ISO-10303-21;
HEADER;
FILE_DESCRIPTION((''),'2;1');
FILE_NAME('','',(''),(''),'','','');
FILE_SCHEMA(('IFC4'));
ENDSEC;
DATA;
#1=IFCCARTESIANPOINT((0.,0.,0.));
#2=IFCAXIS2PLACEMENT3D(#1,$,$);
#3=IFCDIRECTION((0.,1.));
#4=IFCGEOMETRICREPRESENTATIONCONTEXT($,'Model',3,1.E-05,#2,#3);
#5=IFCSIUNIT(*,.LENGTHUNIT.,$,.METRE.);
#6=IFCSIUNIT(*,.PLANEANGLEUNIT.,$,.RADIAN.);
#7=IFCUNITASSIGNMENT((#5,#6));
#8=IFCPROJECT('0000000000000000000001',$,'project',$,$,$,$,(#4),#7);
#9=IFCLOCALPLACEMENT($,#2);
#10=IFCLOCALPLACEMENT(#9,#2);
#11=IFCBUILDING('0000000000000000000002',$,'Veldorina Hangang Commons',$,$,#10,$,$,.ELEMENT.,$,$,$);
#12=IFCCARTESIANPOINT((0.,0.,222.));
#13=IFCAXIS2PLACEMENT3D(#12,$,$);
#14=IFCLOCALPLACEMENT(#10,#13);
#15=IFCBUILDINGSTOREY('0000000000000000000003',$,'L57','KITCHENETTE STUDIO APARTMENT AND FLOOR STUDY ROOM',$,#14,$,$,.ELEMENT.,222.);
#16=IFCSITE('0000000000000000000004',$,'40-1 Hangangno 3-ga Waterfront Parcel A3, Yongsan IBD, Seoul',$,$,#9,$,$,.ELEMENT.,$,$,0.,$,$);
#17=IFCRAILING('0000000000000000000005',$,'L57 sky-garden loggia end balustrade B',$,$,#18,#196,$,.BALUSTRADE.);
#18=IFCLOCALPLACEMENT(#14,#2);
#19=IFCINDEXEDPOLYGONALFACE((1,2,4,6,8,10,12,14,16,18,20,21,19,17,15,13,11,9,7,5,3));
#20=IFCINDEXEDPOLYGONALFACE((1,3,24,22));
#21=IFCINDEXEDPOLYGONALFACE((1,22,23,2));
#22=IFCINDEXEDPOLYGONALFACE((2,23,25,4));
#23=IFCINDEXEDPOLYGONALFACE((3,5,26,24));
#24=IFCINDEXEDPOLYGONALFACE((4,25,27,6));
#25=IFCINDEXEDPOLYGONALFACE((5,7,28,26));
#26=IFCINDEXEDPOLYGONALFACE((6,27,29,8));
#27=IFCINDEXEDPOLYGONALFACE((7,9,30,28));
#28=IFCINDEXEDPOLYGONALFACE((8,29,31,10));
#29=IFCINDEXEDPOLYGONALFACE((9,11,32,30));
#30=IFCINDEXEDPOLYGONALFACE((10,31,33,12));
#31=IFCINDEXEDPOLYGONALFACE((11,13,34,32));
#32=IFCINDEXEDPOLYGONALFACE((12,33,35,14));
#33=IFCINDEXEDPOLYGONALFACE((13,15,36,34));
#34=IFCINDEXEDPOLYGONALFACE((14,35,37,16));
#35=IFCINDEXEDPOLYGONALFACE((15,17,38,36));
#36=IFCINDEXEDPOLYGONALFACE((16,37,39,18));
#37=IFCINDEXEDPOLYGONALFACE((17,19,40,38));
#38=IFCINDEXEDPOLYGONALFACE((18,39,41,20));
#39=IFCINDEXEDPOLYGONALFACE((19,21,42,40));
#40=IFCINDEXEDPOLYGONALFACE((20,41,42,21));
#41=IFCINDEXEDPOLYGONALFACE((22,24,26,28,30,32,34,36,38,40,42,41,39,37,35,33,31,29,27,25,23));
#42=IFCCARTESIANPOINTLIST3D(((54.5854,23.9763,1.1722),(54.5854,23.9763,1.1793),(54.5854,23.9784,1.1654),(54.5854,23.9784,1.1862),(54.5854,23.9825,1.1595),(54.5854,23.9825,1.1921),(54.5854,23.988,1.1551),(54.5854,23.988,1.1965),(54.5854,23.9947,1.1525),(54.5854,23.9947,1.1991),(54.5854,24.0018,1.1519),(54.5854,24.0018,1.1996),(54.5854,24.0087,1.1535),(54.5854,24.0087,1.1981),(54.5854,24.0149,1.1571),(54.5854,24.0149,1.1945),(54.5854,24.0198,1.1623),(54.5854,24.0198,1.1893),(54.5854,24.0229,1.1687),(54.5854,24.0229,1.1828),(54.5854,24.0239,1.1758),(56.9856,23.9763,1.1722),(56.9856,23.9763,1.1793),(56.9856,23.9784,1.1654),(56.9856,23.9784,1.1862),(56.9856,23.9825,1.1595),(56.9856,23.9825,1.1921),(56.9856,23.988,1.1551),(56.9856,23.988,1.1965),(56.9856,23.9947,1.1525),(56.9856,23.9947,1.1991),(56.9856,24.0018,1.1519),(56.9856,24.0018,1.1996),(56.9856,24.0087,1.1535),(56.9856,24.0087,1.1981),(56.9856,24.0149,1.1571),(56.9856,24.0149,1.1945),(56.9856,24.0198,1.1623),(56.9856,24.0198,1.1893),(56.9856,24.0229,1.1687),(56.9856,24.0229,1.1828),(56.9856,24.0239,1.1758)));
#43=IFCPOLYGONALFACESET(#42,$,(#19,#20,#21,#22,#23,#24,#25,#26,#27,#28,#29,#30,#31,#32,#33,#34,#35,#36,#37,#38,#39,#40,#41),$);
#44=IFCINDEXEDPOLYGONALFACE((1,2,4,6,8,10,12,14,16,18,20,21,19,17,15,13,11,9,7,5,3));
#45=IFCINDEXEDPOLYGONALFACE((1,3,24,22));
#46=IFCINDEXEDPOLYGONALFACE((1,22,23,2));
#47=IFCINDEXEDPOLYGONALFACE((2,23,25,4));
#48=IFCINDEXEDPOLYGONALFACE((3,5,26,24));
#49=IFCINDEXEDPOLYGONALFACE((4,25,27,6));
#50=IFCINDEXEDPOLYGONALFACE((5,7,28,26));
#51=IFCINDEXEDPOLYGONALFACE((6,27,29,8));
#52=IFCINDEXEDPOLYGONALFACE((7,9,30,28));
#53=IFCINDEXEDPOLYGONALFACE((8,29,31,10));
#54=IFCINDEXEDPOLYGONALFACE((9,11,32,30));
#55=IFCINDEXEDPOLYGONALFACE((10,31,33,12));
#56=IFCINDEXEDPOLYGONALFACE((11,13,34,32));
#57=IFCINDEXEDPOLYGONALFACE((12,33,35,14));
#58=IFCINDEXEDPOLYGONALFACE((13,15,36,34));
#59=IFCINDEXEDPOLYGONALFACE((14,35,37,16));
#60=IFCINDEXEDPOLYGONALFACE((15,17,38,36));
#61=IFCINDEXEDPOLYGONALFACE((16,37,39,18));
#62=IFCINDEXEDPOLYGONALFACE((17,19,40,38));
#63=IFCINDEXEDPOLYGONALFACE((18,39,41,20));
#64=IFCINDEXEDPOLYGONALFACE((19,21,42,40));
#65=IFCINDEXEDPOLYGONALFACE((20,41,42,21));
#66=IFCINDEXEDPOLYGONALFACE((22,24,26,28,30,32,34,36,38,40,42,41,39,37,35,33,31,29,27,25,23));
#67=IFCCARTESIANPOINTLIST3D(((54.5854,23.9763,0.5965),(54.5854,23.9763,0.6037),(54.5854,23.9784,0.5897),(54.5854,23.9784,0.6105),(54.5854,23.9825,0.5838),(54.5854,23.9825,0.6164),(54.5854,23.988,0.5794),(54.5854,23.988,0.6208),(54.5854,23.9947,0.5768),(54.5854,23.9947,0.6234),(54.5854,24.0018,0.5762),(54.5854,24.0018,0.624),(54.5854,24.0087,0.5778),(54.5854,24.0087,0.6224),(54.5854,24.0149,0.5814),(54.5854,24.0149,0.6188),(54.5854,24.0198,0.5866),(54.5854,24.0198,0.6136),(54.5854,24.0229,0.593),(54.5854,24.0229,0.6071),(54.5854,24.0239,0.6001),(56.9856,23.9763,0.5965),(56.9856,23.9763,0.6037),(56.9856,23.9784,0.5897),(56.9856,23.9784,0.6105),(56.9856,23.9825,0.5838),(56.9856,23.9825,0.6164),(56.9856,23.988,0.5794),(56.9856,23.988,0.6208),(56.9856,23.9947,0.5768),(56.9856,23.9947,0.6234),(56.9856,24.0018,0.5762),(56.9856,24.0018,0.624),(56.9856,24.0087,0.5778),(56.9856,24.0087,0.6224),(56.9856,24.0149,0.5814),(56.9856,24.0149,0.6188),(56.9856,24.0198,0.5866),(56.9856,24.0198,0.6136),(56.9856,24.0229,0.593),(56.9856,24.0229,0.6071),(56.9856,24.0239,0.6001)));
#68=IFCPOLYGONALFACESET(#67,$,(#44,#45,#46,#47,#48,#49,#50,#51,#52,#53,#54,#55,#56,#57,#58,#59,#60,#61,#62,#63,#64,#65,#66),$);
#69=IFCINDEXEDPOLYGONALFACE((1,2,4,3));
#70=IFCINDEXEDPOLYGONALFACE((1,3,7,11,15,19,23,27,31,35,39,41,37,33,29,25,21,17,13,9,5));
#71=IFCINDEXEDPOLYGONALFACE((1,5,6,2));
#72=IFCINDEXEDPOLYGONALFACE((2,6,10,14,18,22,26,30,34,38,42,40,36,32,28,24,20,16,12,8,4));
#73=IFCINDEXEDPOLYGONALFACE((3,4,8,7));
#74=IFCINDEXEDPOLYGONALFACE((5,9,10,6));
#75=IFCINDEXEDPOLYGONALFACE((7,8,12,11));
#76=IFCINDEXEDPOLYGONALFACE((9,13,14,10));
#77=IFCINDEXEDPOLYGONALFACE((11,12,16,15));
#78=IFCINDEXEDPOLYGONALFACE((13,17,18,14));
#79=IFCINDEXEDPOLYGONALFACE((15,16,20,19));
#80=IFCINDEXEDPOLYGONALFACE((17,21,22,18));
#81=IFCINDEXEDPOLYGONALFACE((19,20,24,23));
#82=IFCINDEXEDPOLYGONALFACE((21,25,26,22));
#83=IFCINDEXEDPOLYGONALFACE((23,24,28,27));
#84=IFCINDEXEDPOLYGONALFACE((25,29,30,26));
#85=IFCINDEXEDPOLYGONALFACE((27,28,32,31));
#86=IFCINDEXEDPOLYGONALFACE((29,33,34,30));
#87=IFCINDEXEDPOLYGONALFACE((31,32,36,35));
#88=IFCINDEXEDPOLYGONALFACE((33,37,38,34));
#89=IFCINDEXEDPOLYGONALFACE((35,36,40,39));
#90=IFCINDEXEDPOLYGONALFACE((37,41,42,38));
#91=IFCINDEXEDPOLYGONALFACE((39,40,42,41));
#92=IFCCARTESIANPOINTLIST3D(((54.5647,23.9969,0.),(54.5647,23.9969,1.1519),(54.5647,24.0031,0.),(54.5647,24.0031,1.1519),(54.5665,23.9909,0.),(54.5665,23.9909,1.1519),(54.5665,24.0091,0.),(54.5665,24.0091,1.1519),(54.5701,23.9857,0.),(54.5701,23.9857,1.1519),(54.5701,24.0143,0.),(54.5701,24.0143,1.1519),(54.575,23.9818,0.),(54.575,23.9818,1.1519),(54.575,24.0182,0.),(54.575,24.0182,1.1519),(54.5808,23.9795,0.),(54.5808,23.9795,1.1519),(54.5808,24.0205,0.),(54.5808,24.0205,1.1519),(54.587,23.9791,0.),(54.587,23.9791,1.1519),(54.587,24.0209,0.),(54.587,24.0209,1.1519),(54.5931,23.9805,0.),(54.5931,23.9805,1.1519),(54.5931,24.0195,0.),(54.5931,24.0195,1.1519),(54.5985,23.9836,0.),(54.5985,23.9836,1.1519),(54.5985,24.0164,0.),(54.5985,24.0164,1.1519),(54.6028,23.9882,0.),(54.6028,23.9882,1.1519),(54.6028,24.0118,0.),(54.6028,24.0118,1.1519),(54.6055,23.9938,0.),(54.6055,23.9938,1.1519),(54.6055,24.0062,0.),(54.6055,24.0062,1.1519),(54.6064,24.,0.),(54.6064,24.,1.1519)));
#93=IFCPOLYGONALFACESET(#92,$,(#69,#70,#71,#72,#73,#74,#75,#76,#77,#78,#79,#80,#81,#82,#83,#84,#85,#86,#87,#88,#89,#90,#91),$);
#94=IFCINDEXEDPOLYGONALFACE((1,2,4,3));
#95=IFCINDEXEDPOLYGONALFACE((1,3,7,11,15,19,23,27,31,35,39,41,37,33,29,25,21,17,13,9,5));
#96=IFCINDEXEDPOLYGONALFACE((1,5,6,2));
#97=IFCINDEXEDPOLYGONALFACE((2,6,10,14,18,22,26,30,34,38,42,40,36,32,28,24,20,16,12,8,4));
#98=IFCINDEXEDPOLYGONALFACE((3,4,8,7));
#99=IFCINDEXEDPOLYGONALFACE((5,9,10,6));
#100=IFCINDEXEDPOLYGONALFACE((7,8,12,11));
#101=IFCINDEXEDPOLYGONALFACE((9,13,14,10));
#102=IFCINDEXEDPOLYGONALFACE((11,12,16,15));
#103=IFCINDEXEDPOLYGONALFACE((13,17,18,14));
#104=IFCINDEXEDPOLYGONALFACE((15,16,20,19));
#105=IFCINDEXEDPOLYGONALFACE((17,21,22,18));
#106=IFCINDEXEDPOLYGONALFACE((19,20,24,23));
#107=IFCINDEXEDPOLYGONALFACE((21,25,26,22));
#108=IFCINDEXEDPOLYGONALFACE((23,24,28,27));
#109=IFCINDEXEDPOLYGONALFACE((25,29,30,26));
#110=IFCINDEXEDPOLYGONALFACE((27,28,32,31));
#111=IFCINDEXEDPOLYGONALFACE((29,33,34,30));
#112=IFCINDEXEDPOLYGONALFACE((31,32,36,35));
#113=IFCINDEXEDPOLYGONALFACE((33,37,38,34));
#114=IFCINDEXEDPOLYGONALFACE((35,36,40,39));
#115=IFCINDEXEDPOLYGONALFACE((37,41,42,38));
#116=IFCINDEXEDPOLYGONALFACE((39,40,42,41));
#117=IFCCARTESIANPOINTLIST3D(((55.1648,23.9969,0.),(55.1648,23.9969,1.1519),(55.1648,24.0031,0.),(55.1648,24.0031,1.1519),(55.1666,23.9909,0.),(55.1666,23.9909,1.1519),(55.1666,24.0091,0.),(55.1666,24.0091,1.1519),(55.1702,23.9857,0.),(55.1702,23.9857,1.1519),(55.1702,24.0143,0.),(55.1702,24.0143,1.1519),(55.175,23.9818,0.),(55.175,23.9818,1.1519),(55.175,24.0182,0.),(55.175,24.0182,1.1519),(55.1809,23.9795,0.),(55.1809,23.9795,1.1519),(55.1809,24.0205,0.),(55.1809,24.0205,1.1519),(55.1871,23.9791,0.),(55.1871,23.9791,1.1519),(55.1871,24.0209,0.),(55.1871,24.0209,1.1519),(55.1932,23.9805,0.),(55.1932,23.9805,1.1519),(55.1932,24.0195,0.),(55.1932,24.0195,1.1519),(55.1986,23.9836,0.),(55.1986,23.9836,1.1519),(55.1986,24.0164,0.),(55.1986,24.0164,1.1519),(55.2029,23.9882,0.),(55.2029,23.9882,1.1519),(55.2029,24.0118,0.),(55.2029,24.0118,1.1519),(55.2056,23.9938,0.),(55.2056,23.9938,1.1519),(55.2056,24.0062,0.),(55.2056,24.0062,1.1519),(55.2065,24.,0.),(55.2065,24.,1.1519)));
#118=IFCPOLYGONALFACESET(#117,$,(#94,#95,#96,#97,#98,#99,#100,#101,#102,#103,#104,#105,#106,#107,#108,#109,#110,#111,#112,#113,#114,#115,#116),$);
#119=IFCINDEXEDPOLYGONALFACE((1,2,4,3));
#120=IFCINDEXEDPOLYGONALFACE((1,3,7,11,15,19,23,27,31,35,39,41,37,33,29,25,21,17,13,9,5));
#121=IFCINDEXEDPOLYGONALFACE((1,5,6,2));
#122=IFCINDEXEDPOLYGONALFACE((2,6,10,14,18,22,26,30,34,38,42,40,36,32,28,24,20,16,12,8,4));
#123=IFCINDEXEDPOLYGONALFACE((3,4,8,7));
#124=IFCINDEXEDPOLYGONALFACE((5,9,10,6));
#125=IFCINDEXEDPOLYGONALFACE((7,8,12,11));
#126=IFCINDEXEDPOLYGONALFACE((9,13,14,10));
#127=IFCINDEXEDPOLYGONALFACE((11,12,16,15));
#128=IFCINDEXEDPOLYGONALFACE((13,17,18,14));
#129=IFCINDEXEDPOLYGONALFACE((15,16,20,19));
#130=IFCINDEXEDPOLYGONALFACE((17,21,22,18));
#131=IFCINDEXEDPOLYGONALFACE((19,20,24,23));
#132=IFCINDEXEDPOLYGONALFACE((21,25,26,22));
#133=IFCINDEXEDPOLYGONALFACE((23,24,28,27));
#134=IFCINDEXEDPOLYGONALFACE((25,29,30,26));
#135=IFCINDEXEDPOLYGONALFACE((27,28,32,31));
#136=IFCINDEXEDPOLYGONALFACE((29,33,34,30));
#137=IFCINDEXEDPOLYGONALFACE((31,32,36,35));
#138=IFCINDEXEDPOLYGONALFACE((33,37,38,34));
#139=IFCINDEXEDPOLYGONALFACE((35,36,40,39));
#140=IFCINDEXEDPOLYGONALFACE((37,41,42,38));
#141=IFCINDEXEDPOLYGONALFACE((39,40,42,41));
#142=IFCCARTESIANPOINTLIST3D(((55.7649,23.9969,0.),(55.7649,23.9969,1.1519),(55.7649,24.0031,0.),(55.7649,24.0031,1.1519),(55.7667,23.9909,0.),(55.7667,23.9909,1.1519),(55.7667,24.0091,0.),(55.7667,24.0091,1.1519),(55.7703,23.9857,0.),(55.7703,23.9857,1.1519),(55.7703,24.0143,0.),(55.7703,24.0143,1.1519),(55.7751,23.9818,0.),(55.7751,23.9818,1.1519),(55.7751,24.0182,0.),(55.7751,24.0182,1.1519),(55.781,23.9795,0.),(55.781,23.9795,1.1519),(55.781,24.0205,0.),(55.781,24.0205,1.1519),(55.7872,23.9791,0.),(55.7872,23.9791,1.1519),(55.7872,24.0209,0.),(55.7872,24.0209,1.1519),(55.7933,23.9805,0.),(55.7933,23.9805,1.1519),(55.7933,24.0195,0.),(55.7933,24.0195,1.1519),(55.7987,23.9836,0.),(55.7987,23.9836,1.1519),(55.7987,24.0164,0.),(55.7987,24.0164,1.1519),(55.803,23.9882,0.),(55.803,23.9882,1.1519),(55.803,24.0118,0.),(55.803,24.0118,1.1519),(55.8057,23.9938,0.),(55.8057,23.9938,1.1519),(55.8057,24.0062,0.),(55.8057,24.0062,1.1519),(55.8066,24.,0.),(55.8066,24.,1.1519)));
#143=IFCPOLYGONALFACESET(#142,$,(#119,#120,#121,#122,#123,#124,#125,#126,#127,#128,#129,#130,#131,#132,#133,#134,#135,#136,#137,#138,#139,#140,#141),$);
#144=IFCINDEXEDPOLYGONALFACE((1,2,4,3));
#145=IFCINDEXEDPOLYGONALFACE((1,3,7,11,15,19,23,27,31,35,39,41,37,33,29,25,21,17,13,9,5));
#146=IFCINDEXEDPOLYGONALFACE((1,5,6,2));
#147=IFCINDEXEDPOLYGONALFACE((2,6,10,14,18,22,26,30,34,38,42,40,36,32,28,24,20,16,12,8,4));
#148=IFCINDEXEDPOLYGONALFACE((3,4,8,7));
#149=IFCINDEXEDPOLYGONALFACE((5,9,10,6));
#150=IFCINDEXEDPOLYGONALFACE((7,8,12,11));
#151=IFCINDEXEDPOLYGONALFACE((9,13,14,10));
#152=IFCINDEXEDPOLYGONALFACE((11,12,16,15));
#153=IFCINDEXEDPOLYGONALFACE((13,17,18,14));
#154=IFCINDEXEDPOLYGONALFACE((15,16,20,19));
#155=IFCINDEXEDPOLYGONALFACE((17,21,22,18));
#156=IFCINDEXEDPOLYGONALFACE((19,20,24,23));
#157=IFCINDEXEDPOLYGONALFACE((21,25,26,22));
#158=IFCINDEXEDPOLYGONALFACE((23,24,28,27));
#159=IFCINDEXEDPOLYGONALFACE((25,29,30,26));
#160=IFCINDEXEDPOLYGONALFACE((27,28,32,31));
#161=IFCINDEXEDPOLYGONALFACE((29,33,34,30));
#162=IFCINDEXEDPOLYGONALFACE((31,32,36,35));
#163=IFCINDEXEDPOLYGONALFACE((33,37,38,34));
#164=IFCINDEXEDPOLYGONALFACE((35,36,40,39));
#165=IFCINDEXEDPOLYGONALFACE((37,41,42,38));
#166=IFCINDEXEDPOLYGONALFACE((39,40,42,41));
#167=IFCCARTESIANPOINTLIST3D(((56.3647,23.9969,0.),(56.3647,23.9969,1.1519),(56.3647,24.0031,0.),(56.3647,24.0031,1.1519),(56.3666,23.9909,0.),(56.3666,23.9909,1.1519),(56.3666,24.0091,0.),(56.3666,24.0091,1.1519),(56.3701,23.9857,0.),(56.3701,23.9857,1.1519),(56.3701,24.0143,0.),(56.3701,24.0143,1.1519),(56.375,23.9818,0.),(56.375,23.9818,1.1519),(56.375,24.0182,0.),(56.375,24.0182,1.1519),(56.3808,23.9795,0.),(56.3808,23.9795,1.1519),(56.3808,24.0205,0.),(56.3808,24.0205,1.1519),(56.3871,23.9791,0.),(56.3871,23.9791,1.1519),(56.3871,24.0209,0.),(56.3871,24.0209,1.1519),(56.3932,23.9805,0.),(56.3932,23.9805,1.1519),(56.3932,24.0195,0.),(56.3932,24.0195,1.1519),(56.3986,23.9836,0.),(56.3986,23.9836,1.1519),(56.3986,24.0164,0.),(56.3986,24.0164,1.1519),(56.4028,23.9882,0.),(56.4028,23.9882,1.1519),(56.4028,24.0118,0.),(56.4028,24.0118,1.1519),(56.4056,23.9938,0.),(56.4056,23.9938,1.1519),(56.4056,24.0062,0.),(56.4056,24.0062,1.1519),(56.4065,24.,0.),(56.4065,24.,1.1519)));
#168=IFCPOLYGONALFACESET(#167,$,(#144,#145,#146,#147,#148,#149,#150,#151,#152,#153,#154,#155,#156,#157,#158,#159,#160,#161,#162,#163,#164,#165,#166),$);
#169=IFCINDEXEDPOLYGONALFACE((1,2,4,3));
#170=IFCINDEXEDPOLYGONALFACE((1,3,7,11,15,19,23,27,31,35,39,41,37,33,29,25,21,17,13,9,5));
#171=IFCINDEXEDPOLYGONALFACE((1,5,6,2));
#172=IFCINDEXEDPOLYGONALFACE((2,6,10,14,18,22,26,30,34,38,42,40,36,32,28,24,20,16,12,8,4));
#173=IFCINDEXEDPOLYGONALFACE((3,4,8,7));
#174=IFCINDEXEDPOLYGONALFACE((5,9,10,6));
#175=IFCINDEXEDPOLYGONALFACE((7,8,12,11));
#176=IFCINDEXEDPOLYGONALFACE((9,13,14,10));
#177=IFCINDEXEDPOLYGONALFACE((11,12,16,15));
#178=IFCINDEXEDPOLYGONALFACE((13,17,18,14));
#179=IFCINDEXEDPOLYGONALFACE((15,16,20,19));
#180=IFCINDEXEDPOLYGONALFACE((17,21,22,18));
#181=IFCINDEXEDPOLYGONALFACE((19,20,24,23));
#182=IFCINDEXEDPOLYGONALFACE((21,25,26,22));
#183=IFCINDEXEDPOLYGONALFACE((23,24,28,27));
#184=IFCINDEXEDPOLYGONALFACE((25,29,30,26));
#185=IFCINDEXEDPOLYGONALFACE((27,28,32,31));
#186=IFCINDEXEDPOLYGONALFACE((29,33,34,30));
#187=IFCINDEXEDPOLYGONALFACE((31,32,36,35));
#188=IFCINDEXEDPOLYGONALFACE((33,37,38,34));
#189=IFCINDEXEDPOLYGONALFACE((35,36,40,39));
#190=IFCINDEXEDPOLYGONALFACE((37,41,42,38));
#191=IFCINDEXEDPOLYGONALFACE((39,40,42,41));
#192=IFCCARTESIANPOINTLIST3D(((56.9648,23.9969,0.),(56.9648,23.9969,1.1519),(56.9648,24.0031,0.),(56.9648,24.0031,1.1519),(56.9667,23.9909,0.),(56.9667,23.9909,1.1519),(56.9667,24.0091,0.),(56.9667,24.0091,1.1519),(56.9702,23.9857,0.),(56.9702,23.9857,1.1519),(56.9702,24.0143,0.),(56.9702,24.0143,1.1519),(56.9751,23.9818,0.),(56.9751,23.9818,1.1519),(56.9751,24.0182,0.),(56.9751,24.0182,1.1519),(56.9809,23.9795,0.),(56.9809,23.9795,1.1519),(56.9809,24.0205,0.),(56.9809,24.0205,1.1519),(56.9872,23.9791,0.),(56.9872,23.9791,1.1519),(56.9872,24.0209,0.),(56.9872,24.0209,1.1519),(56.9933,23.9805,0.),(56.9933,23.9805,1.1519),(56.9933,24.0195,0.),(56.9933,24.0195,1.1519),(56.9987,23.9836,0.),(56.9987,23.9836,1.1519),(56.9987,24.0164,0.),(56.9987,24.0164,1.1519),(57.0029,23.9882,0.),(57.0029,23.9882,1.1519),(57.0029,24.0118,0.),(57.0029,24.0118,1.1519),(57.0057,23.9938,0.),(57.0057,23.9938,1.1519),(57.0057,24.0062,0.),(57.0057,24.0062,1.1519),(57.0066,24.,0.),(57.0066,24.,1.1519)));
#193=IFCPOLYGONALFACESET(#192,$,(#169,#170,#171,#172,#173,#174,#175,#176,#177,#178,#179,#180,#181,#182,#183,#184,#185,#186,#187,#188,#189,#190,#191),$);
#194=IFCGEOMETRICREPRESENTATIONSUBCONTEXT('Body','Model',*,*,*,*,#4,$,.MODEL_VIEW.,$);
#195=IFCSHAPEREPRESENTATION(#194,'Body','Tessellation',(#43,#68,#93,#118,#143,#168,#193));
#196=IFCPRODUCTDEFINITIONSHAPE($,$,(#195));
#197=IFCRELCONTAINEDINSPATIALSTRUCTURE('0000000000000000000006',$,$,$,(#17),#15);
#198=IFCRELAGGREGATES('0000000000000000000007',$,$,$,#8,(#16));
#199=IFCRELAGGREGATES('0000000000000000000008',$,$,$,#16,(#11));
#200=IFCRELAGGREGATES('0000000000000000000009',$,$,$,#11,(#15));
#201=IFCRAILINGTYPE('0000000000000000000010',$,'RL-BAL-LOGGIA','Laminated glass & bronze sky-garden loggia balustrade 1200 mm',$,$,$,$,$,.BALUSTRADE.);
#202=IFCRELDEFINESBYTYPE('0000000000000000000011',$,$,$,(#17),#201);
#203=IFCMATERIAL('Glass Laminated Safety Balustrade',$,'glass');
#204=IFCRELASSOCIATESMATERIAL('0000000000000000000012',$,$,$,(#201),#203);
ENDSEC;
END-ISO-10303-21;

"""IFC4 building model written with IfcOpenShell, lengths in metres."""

from ifc_helpers import new_model, si_unit, direction, frame, origin, origin_2d, place, context, subcontext, project, spatial, circle, extrude, material, type_object, element, save


model = new_model("IFC4")

# Units and contexts
model_context = context("Model", 3, precision=1e-05, world=origin(), true_north=direction((0.0, 1.0)))
body_context = subcontext(model_context, "Body", "Model", "MODEL_VIEW")
ifc_project = project(units=[si_unit("LENGTHUNIT", "METRE"), si_unit("PLANEANGLEUNIT", "RADIAN")], contexts=[model_context])

# Site, building, storey
site_placement = place(None, origin())
site = spatial("IfcSite", under=ifc_project, at=site_placement, Name="40-1 Hangangno 3-ga Waterfront Parcel A3, Yongsan IBD, Seoul", CompositionType="ELEMENT", RefElevation=0.0)
building_placement = place(site_placement, origin())
building = spatial("IfcBuilding", under=site, at=building_placement, Name="Veldorina Hangang Commons", CompositionType="ELEMENT")
storey_placement = place(building_placement, frame((0.0, 0.0, 222.0)))
storey = spatial("IfcBuildingStorey", under=building, at=storey_placement, Name="L57", Description="KITCHENETTE STUDIO APARTMENT AND FLOOR STUDY ROOM", CompositionType="ELEMENT", Elevation=222.0)

# Railing
ifc_material_1 = material(Name="Glass Laminated Safety Balustrade", Category="glass")
railing_type = type_object("IfcRailingType", Name="RL-BAL-LOGGIA", Description="Laminated glass & bronze sky-garden loggia balustrade 1200 mm", PredefinedType="BALUSTRADE", material=ifc_material_1)
railing_1_placement = place(storey_placement, frame((54.5854, 24.0, 0.0)))
element("IfcRailing", 1, at=railing_1_placement, inside=storey, type_object=railing_type, Name="L57 sky-garden loggia end balustrade B", PredefinedType="BALUSTRADE", context=body_context, shape_type="SweptSolid", body=[
    extrude(circle(Radius=0.0239, at=origin_2d()), frame((0.0, 0.0, 1.1758), z_axis=(1.0, 0.0, 0.0), x_axis=(0.0, 1.0, 0.0)), (0.0, 0.0, 1.0), 2.4001),
    extrude(circle(Radius=0.0239, at=origin_2d()), frame((0.0, 0.0, 0.6001), z_axis=(1.0, 0.0, 0.0), x_axis=(0.0, 1.0, 0.0)), (0.0, 0.0, 1.0), 2.4001),
    extrude(circle(Radius=0.021, at=origin_2d()), origin(), (0.0, 0.0, 1.0), 1.1519),
    extrude(circle(Radius=0.021, at=origin_2d()), frame((0.6001, 0.0, 0.0)), (0.0, 0.0, 1.0), 1.1519),
    extrude(circle(Radius=0.021, at=origin_2d()), frame((1.2002, 0.0, 0.0)), (0.0, 0.0, 1.0), 1.1519),
    extrude(circle(Radius=0.021, at=origin_2d()), frame((1.8, 0.0, 0.0)), (0.0, 0.0, 1.0), 1.1519),
    extrude(circle(Radius=0.021, at=origin_2d()), frame((2.4001, 0.0, 0.0)), (0.0, 0.0, 1.0), 1.1519),
])

save(model, "model.ifc")
